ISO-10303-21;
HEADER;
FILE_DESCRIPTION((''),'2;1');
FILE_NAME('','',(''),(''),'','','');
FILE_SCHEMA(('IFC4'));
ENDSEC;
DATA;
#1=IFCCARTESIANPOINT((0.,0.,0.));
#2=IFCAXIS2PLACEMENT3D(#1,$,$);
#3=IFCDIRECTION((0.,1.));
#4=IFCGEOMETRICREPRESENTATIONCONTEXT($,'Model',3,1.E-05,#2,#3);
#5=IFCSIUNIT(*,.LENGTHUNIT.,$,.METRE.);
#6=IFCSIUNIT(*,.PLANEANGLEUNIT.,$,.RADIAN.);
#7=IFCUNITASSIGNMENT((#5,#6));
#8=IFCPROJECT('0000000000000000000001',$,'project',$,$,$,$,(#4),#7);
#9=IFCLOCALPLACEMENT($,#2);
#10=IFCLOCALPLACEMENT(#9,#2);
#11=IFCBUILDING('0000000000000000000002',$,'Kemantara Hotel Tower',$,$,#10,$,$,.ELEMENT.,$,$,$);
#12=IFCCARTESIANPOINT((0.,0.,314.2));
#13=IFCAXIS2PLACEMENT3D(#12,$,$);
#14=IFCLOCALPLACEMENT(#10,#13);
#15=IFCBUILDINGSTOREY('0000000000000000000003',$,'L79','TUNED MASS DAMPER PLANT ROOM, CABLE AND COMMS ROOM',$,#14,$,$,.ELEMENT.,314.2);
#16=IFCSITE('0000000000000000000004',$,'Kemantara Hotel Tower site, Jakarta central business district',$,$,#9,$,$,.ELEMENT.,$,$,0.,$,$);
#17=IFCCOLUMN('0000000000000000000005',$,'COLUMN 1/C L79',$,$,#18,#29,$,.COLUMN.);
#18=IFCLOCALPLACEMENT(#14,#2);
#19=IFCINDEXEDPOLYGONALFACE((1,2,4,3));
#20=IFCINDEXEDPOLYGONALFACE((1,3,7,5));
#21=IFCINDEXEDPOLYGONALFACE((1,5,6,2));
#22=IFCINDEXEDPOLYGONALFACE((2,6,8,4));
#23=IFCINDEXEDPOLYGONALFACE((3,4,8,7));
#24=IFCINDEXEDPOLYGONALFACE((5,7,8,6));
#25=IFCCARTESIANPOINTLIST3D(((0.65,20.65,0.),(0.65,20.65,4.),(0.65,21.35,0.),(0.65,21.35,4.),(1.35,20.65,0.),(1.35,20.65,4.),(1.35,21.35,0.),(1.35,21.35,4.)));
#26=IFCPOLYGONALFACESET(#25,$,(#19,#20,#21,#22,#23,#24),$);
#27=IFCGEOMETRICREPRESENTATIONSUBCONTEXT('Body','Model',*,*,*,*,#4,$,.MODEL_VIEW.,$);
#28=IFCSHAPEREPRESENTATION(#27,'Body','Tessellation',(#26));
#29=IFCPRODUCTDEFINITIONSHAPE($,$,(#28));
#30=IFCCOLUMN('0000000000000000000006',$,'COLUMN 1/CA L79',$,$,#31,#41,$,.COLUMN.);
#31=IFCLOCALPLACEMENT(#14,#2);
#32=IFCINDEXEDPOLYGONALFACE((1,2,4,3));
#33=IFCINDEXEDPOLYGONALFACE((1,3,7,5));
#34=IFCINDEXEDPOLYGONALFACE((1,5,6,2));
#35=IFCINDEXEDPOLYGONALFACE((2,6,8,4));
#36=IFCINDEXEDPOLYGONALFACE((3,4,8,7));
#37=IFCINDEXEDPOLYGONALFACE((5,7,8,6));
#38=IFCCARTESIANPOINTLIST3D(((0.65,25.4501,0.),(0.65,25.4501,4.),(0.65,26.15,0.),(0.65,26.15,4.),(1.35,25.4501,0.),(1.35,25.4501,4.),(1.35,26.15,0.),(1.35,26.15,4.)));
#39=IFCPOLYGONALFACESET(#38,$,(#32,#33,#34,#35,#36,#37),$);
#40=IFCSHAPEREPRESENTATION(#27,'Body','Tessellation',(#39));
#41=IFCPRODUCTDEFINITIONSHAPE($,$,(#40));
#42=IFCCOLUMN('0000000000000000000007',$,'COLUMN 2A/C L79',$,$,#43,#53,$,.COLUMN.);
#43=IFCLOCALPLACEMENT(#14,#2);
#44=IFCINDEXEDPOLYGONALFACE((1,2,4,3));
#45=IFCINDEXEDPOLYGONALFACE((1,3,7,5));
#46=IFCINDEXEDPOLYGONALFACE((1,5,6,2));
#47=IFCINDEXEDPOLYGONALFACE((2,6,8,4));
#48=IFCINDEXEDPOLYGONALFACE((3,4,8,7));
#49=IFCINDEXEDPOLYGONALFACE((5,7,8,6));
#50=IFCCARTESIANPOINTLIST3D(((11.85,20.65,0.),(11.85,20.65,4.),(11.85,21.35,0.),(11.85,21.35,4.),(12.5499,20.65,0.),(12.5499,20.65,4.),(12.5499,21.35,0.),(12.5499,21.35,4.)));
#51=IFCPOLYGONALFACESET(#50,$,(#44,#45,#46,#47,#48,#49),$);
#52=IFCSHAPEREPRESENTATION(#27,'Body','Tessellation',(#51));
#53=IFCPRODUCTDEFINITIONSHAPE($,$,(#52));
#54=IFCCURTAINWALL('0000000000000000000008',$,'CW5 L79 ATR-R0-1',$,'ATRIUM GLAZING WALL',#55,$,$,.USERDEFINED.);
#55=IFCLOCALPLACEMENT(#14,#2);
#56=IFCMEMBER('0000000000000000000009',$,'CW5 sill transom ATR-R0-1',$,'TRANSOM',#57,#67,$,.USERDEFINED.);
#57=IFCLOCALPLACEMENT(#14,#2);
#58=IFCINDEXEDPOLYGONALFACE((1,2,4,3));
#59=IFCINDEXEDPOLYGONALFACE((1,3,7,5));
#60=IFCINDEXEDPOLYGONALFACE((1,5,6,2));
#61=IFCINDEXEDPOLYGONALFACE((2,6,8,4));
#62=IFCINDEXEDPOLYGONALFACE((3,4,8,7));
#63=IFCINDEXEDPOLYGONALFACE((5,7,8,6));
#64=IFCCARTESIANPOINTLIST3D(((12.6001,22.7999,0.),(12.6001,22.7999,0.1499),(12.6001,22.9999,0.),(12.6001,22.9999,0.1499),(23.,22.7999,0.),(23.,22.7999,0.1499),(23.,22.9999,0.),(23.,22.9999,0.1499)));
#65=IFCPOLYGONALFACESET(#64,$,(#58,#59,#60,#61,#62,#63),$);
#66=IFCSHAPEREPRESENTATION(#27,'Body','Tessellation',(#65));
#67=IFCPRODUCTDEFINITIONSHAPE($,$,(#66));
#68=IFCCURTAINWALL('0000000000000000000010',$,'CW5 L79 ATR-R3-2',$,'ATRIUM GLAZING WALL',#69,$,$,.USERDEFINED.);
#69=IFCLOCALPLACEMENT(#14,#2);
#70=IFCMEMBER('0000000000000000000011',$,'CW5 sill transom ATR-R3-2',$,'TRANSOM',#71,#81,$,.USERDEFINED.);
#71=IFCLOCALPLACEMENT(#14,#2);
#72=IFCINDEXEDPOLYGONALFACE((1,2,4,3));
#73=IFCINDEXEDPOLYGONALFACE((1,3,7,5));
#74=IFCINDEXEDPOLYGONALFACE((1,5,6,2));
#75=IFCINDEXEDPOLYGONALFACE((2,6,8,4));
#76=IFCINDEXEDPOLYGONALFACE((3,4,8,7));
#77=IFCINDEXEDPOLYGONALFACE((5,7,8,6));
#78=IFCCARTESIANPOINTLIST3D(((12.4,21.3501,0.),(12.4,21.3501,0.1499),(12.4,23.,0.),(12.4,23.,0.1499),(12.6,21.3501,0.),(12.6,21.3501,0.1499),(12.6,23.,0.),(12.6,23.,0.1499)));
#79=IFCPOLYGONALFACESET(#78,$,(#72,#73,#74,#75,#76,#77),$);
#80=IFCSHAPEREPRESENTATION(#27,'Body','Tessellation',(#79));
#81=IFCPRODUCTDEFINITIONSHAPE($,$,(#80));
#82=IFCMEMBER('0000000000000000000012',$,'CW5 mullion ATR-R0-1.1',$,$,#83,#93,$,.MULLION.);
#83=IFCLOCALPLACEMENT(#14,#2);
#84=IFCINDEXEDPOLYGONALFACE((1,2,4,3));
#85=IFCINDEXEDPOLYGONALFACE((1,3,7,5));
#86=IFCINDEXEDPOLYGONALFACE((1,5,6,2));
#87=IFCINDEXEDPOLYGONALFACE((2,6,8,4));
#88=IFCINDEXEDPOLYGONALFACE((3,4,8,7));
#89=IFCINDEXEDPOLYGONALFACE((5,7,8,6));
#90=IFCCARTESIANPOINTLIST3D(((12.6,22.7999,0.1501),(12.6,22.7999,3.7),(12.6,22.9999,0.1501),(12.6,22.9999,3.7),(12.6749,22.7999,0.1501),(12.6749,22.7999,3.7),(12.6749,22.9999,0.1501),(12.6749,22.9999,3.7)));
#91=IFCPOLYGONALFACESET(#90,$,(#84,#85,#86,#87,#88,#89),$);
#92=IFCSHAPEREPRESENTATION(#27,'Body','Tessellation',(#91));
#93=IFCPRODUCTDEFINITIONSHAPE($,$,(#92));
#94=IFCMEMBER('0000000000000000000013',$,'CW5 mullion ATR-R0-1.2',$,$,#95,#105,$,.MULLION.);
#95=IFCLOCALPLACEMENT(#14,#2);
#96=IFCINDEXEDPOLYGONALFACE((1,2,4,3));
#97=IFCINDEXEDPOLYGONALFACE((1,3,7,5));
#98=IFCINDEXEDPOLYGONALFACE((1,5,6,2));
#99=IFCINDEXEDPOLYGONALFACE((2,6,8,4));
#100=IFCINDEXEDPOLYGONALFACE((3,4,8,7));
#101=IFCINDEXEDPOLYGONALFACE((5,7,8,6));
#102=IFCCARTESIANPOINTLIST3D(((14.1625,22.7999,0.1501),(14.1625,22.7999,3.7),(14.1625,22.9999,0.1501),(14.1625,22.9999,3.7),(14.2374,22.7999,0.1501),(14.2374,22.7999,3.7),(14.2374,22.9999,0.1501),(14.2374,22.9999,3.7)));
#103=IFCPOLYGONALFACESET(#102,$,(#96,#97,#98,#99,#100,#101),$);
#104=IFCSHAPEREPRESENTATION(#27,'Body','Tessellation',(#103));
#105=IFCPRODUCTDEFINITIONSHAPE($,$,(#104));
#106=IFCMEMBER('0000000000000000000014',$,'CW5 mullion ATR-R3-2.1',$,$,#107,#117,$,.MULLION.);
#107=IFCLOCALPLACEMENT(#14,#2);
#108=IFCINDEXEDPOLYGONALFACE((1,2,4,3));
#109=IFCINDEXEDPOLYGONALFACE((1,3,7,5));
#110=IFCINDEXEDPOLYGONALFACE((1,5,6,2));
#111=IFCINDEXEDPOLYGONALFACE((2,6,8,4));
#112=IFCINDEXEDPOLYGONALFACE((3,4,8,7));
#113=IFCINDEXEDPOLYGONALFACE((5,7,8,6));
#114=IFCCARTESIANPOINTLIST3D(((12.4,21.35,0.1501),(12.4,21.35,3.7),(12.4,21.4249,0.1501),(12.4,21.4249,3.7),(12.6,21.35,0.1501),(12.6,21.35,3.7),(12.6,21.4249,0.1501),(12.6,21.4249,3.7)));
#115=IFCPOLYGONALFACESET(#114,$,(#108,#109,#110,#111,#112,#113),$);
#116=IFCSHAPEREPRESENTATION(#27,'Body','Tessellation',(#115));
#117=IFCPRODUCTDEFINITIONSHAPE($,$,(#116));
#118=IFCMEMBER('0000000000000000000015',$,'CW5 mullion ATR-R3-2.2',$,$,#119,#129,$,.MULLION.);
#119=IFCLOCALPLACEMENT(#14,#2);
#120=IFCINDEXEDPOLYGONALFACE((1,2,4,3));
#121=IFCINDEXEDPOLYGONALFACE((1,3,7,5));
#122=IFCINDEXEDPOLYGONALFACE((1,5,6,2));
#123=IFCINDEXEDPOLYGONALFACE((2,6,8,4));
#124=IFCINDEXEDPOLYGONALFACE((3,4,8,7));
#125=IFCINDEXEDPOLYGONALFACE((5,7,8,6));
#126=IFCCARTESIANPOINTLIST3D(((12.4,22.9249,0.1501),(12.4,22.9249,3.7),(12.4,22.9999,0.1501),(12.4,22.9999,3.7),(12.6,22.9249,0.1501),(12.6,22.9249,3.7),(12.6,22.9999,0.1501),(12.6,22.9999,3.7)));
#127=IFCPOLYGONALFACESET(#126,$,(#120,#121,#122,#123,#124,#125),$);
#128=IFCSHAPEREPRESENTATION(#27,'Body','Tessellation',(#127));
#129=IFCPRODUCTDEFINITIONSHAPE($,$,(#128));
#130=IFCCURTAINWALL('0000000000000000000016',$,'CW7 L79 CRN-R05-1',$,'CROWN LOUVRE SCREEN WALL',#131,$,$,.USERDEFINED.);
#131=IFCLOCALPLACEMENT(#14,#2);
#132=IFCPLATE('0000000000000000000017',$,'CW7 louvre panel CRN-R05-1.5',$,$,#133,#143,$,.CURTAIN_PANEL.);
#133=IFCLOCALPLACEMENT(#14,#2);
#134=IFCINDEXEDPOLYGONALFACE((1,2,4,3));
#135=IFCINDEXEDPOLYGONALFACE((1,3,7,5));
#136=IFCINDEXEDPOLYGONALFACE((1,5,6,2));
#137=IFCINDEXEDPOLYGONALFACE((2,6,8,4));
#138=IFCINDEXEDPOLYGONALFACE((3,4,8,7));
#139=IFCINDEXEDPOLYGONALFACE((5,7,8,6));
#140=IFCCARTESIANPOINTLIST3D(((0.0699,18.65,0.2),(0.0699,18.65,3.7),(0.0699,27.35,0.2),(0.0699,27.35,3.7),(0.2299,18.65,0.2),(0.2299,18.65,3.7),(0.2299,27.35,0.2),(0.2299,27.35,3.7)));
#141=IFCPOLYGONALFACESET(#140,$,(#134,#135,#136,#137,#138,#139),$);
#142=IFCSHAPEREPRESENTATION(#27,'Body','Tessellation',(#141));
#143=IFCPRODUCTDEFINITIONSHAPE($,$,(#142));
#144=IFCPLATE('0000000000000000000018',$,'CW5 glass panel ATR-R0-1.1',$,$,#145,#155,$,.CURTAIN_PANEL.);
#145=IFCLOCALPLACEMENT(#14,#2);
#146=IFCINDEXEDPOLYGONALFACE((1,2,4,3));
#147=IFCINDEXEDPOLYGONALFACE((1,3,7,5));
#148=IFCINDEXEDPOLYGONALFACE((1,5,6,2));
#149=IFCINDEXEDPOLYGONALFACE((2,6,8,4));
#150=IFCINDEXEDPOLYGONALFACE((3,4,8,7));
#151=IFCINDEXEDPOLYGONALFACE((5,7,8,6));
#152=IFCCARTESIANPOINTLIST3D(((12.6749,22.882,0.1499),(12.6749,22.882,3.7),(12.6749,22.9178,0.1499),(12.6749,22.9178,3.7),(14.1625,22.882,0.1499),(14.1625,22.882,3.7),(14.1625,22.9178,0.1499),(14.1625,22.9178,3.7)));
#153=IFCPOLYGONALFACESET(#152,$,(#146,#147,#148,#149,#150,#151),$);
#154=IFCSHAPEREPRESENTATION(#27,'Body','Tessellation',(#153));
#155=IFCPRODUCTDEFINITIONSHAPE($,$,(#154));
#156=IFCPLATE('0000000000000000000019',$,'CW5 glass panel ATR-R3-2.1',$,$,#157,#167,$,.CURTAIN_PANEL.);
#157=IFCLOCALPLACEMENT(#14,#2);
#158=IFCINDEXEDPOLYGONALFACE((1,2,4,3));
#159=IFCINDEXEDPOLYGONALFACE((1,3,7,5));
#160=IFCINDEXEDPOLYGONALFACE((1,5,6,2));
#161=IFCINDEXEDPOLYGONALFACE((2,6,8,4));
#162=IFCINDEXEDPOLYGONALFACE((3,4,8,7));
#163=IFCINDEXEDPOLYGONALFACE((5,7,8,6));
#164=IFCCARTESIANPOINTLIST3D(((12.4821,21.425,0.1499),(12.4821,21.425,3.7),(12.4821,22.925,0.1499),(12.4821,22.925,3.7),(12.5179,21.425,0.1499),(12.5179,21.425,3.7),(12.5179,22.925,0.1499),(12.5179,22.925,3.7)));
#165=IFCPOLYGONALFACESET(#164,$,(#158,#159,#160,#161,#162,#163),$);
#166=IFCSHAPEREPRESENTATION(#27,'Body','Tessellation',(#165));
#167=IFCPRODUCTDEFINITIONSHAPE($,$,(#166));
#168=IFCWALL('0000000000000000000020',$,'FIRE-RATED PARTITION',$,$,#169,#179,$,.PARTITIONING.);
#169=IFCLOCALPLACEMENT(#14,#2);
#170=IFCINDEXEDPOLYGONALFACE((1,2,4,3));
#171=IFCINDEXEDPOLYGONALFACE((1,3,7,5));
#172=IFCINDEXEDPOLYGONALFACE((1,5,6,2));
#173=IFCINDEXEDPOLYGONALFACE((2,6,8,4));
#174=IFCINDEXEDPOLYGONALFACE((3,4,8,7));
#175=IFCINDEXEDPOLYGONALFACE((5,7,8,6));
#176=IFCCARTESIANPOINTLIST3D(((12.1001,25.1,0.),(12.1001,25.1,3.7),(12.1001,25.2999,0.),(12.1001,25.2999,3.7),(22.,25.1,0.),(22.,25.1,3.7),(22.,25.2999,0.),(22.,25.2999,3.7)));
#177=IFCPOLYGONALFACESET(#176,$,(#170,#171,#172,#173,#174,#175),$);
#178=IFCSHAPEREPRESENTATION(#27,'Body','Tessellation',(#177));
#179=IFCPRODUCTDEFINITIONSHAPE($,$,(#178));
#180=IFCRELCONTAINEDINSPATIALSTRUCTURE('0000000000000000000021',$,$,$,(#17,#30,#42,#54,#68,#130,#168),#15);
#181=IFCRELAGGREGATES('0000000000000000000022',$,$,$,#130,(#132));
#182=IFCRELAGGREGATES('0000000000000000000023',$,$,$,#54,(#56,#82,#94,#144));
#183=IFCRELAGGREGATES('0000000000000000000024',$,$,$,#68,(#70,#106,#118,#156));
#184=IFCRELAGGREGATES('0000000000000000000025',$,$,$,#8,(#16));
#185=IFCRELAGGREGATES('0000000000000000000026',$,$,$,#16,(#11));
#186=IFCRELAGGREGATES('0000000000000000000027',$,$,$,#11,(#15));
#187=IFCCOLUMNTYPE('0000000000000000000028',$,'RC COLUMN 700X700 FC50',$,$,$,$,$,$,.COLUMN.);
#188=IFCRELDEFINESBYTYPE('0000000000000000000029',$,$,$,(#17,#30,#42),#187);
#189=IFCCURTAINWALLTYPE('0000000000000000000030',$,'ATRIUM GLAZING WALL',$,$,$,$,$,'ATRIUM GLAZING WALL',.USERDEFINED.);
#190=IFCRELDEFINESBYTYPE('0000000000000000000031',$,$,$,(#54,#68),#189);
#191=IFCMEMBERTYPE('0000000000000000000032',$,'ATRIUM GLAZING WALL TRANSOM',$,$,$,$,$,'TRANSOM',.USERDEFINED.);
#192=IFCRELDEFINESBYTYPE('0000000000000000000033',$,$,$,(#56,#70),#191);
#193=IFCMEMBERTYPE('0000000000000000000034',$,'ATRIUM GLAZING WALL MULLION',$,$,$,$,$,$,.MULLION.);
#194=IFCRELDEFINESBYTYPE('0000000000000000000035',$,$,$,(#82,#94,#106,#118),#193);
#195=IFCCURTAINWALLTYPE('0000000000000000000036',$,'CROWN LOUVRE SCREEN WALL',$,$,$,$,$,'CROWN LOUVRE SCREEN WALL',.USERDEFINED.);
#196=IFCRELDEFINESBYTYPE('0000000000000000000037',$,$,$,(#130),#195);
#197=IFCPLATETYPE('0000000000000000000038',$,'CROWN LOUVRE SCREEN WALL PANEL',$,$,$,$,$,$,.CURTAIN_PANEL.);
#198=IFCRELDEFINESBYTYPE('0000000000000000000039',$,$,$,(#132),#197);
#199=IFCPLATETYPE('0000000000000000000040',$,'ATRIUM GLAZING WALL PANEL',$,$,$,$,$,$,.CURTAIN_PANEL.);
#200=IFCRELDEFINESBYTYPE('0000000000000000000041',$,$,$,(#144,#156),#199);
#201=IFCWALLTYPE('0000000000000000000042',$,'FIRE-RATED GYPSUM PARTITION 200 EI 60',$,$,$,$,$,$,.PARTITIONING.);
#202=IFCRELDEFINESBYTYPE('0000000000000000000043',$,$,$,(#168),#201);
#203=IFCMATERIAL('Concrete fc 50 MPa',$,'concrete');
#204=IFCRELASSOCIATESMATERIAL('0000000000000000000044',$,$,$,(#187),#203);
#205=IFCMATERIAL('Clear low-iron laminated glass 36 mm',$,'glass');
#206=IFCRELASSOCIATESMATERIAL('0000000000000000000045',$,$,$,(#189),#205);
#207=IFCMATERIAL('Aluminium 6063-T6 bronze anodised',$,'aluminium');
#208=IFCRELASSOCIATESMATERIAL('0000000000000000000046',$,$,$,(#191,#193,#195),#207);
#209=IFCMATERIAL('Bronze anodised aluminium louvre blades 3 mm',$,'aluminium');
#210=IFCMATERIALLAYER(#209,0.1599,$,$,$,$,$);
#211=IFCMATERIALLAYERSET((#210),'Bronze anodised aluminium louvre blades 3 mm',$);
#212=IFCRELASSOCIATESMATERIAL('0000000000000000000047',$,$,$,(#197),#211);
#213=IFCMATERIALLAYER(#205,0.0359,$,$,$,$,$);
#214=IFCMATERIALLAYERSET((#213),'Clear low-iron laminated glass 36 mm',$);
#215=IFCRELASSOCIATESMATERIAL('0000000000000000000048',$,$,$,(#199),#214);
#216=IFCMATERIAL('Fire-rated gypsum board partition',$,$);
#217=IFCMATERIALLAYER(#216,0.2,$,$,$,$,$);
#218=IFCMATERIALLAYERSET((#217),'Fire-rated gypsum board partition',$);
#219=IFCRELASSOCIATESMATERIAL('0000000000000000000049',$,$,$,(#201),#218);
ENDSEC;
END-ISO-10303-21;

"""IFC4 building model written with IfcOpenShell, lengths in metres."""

from ifc_helpers import new_model, si_unit, direction, frame, frame_2d, origin, origin_2d, place, context, subcontext, project, spatial, rectangle, extrude, source, transform, mapped, material, layer, layer_set, material_profile, profile_set, type_object, element, aggregate, save


model = new_model("IFC4")

# Units and contexts
model_context = context("Model", 3, precision=1e-05, world=origin(), true_north=direction((0.0, 1.0)))
body_context = subcontext(model_context, "Body", "Model", "MODEL_VIEW")
ifc_project = project(units=[si_unit("LENGTHUNIT", "METRE"), si_unit("PLANEANGLEUNIT", "RADIAN")], contexts=[model_context])

# Site, building, storey
site_placement = place(None, origin())
site = spatial("IfcSite", under=ifc_project, at=site_placement, Name="Kemantara Hotel Tower site, Jakarta central business district", CompositionType="ELEMENT", RefElevation=0.0)
building_placement = place(site_placement, origin())
building = spatial("IfcBuilding", under=site, at=building_placement, Name="Kemantara Hotel Tower", CompositionType="ELEMENT")
storey_placement = place(building_placement, frame((0.0, 0.0, 314.2)))
storey = spatial("IfcBuildingStorey", under=building, at=storey_placement, Name="L79", Description="TUNED MASS DAMPER PLANT ROOM, CABLE AND COMMS ROOM", CompositionType="ELEMENT", Elevation=314.2)

# Columns
ifc_material_1 = material(Name="Concrete fc 50 MPa", Category="concrete")
ifc_material_profile_1 = material_profile(ifc_material_1, rectangle(XDim=0.7, YDim=0.7, at=origin_2d()), Name="RC 700X700")
ifc_profile_set_1 = profile_set([ifc_material_profile_1], Name="Concrete fc 50 MPa")
column_type = type_object("IfcColumnType", Name="RC COLUMN 700X700 FC50", PredefinedType="COLUMN", material=ifc_profile_set_1)
for number, where, z_axis, x_axis, name in (
    (1, (1.0, 21.0, 0.0), (0.0, 0.0, 1.0), (1.0, 0.0, 0.0), "COLUMN 1/C L79"),
    (2, (1.0, 25.8, 0.0), (0.0, 0.0, 1.0), (1.0, 0.0, 0.0), "COLUMN 1/CA L79"),
    (3, (12.2, 21.0, 0.0), (0.0, 0.0, 1.0), (1.0, 0.0, 0.0), "COLUMN 2A/C L79"),
):
    element("IfcColumn", number, at=place(storey_placement, frame(where, z_axis=z_axis, x_axis=x_axis)), inside=storey, type_object=column_type, Name=name, PredefinedType="COLUMN", context=body_context, shape_type="SweptSolid", body=[
        extrude(rectangle(XDim=0.7, YDim=0.7, at=origin_2d()), origin(), (0.0, 0.0, 1.0), 4.0),
    ])

# Curtain walls, members
ifc_material_2 = material(Name="Clear low-iron laminated glass 36 mm", Category="glass")
curtain_wall_type_1 = type_object("IfcCurtainWallType", Name="ATRIUM GLAZING WALL", ElementType="ATRIUM GLAZING WALL", PredefinedType="USERDEFINED", material=ifc_material_2)
curtain_wall_1_placement = place(storey_placement, origin())
curtain_wall_1 = element("IfcCurtainWall", 4, at=curtain_wall_1_placement, inside=storey, type_object=curtain_wall_type_1, Name="CW5 L79 ATR-R0-1", ObjectType="ATRIUM GLAZING WALL", PredefinedType="USERDEFINED")
ifc_material_3 = material(Name="Aluminium 6063-T6 bronze anodised", Category="aluminium")
ifc_material_profile_2 = material_profile(ifc_material_3, rectangle(XDim=0.2, YDim=0.1499, at=origin_2d()), Name="ATRIUM GLAZING WALL TRANSOM")
ifc_profile_set_2 = profile_set([ifc_material_profile_2], Name="Aluminium 6063-T6 bronze anodised")
member_type_1 = type_object("IfcMemberType", Name="ATRIUM GLAZING WALL TRANSOM", ElementType="TRANSOM", PredefinedType="USERDEFINED", material=ifc_profile_set_2)
member_1_placement = place(storey_placement, frame((12.6001, 22.8999, 0.075), z_axis=(1.0, 0.0, 0.0), x_axis=(0.0, 1.0, 0.0)))
member_1 = element("IfcMember", 5, at=member_1_placement, type_object=member_type_1, Name="CW5 sill transom ATR-R0-1", ObjectType="TRANSOM", PredefinedType="USERDEFINED", context=body_context, shape_type="SweptSolid", body=[
    extrude(rectangle(XDim=0.2, YDim=0.1499, at=origin_2d()), origin(), (0.0, 0.0, 1.0), 10.3999),
])
curtain_wall_2_placement = place(storey_placement, origin())
curtain_wall_2 = element("IfcCurtainWall", 6, at=curtain_wall_2_placement, inside=storey, type_object=curtain_wall_type_1, Name="CW5 L79 ATR-R3-2", ObjectType="ATRIUM GLAZING WALL", PredefinedType="USERDEFINED")
member_2_placement = place(storey_placement, frame((12.5, 21.3501, 0.075), z_axis=(0.0, 1.0, 0.0), x_axis=(-1.0, 0.0, 0.0)))
member_2 = element("IfcMember", 7, at=member_2_placement, type_object=member_type_1, Name="CW5 sill transom ATR-R3-2", ObjectType="TRANSOM", PredefinedType="USERDEFINED", context=body_context, shape_type="SweptSolid", body=[
    extrude(rectangle(XDim=0.2, YDim=0.1499, at=origin_2d()), origin(), (0.0, 0.0, 1.0), 1.6499),
])

# Members
ifc_material_profile_3 = material_profile(ifc_material_3, rectangle(XDim=0.2, YDim=0.075, at=origin_2d()), Name="ATRIUM GLAZING WALL MULLION")
ifc_profile_set_3 = profile_set([ifc_material_profile_3], Name="Aluminium 6063-T6 bronze anodised")
member_type_2 = type_object("IfcMemberType", Name="ATRIUM GLAZING WALL MULLION", PredefinedType="MULLION", material=ifc_profile_set_3)
shared_shape_1 = source(origin(), body_context, "Body", "SweptSolid", [
    extrude(rectangle(XDim=0.2, YDim=0.075, at=origin_2d()), origin(), (0.0, 0.0, 1.0), 3.5498),
])
member_3_placement = place(storey_placement, frame((12.6375, 22.8999, 0.1501), z_axis=(0.0, 0.0, 1.0), x_axis=(0.0, 1.0, 0.0)))
member_3 = element("IfcMember", 8, at=member_3_placement, type_object=member_type_2, Name="CW5 mullion ATR-R0-1.1", PredefinedType="MULLION", context=body_context, shape_type="MappedRepresentation", body=[
    mapped(shared_shape_1, transform((0.0, 0.0, 0.0))),
])
member_4_placement = place(storey_placement, frame((14.2, 22.8999, 0.1501), z_axis=(0.0, 0.0, 1.0), x_axis=(0.0, 1.0, 0.0)))
member_4 = element("IfcMember", 9, at=member_4_placement, type_object=member_type_2, Name="CW5 mullion ATR-R0-1.2", PredefinedType="MULLION", context=body_context, shape_type="MappedRepresentation", body=[
    mapped(shared_shape_1, transform((0.0, 0.0, 0.0))),
])
member_5_placement = place(storey_placement, frame((12.5, 21.3875, 0.1501), z_axis=(0.0, 0.0, 1.0), x_axis=(-1.0, 0.0, 0.0)))
member_5 = element("IfcMember", 10, at=member_5_placement, type_object=member_type_2, Name="CW5 mullion ATR-R3-2.1", PredefinedType="MULLION", context=body_context, shape_type="MappedRepresentation", body=[
    mapped(shared_shape_1, transform((0.0, 0.0, 0.0))),
])
member_6_placement = place(storey_placement, frame((12.5, 22.9624, 0.1501), z_axis=(0.0, 0.0, 1.0), x_axis=(-1.0, 0.0, 0.0)))
member_6 = element("IfcMember", 11, at=member_6_placement, type_object=member_type_2, Name="CW5 mullion ATR-R3-2.2", PredefinedType="MULLION", context=body_context, shape_type="MappedRepresentation", body=[
    mapped(shared_shape_1, transform((0.0, 0.0, 0.0))),
])

# Curtain wall, plate
curtain_wall_type_2 = type_object("IfcCurtainWallType", Name="CROWN LOUVRE SCREEN WALL", ElementType="CROWN LOUVRE SCREEN WALL", PredefinedType="USERDEFINED", material=ifc_material_3)
curtain_wall_3_placement = place(storey_placement, origin())
curtain_wall_3 = element("IfcCurtainWall", 12, at=curtain_wall_3_placement, inside=storey, type_object=curtain_wall_type_2, Name="CW7 L79 CRN-R05-1", ObjectType="CROWN LOUVRE SCREEN WALL", PredefinedType="USERDEFINED")
ifc_material_4 = material(Name="Bronze anodised aluminium louvre blades 3 mm", Category="aluminium")
ifc_layer_1 = layer(ifc_material_4, 0.1599)
ifc_layer_set_1 = layer_set([ifc_layer_1], Name="Bronze anodised aluminium louvre blades 3 mm")
plate_type_1 = type_object("IfcPlateType", Name="CROWN LOUVRE SCREEN WALL PANEL", PredefinedType="CURTAIN_PANEL", material=ifc_layer_set_1)
shared_shape_2 = source(origin(), body_context, "Body", "SweptSolid", [
    extrude(rectangle(XDim=8.7, YDim=0.1599, at=origin_2d()), origin(), (0.0, 0.0, 1.0), 3.5),
])
plate_1_placement = place(storey_placement, frame((0.1499, 23.0, 0.2), z_axis=(0.0, 0.0, 1.0), x_axis=(0.0, -1.0, 0.0)))
plate_1 = element("IfcPlate", 13, at=plate_1_placement, type_object=plate_type_1, Name="CW7 louvre panel CRN-R05-1.5", PredefinedType="CURTAIN_PANEL", context=body_context, shape_type="MappedRepresentation", body=[
    mapped(shared_shape_2, transform((0.0, 0.0, 0.0))),
])
aggregate(curtain_wall_3, [plate_1])

# Plates
ifc_layer_2 = layer(ifc_material_2, 0.0359)
ifc_layer_set_2 = layer_set([ifc_layer_2], Name="Clear low-iron laminated glass 36 mm")
plate_type_2 = type_object("IfcPlateType", Name="ATRIUM GLAZING WALL PANEL", PredefinedType="CURTAIN_PANEL", material=ifc_layer_set_2)
shared_shape_3 = source(origin(), body_context, "Body", "SweptSolid", [
    extrude(rectangle(XDim=1.4875, YDim=0.0359, at=origin_2d()), origin(), (0.0, 0.0, 1.0), 3.55),
])
plate_2_placement = place(storey_placement, frame((13.4187, 22.8999, 0.1499), z_axis=(0.0, 0.0, 1.0), x_axis=(1.0, 0.0, 0.0)))
plate_2 = element("IfcPlate", 14, at=plate_2_placement, type_object=plate_type_2, Name="CW5 glass panel ATR-R0-1.1", PredefinedType="CURTAIN_PANEL", context=body_context, shape_type="MappedRepresentation", body=[
    mapped(shared_shape_3, transform((0.0, 0.0, 0.0))),
])
aggregate(curtain_wall_1, [member_1, member_3, member_4, plate_2])
shared_shape_4 = source(origin(), body_context, "Body", "SweptSolid", [
    extrude(rectangle(XDim=1.5, YDim=0.0359, at=origin_2d()), origin(), (0.0, 0.0, 1.0), 3.55),
])
plate_3_placement = place(storey_placement, frame((12.5, 22.175, 0.1499), z_axis=(0.0, 0.0, 1.0), x_axis=(0.0, 1.0, 0.0)))
plate_3 = element("IfcPlate", 15, at=plate_3_placement, type_object=plate_type_2, Name="CW5 glass panel ATR-R3-2.1", PredefinedType="CURTAIN_PANEL", context=body_context, shape_type="MappedRepresentation", body=[
    mapped(shared_shape_4, transform((0.0, 0.0, 0.0))),
])
aggregate(curtain_wall_2, [member_2, member_5, member_6, plate_3])

# Wall
ifc_material_5 = material(Name="Fire-rated gypsum board partition")
ifc_layer_3 = layer(ifc_material_5, 0.2)
ifc_layer_set_3 = layer_set([ifc_layer_3], Name="Fire-rated gypsum board partition")
wall_type = type_object("IfcWallType", Name="FIRE-RATED GYPSUM PARTITION 200 EI 60", PredefinedType="PARTITIONING", material=ifc_layer_set_3)
wall_1_placement = place(storey_placement, frame((12.1001, 25.2, 0.0), z_axis=(0.0, 0.0, 1.0), x_axis=(1.0, 0.0, 0.0)))
element("IfcWall", 16, at=wall_1_placement, inside=storey, type_object=wall_type, Name="FIRE-RATED PARTITION", PredefinedType="PARTITIONING", context=body_context, shape_type="SweptSolid", body=[
    extrude(rectangle(XDim=9.8999, YDim=0.2, at=frame_2d((4.95, 0.0))), origin(), (0.0, 0.0, 1.0), 3.7),
])

save(model, "model.ifc")
